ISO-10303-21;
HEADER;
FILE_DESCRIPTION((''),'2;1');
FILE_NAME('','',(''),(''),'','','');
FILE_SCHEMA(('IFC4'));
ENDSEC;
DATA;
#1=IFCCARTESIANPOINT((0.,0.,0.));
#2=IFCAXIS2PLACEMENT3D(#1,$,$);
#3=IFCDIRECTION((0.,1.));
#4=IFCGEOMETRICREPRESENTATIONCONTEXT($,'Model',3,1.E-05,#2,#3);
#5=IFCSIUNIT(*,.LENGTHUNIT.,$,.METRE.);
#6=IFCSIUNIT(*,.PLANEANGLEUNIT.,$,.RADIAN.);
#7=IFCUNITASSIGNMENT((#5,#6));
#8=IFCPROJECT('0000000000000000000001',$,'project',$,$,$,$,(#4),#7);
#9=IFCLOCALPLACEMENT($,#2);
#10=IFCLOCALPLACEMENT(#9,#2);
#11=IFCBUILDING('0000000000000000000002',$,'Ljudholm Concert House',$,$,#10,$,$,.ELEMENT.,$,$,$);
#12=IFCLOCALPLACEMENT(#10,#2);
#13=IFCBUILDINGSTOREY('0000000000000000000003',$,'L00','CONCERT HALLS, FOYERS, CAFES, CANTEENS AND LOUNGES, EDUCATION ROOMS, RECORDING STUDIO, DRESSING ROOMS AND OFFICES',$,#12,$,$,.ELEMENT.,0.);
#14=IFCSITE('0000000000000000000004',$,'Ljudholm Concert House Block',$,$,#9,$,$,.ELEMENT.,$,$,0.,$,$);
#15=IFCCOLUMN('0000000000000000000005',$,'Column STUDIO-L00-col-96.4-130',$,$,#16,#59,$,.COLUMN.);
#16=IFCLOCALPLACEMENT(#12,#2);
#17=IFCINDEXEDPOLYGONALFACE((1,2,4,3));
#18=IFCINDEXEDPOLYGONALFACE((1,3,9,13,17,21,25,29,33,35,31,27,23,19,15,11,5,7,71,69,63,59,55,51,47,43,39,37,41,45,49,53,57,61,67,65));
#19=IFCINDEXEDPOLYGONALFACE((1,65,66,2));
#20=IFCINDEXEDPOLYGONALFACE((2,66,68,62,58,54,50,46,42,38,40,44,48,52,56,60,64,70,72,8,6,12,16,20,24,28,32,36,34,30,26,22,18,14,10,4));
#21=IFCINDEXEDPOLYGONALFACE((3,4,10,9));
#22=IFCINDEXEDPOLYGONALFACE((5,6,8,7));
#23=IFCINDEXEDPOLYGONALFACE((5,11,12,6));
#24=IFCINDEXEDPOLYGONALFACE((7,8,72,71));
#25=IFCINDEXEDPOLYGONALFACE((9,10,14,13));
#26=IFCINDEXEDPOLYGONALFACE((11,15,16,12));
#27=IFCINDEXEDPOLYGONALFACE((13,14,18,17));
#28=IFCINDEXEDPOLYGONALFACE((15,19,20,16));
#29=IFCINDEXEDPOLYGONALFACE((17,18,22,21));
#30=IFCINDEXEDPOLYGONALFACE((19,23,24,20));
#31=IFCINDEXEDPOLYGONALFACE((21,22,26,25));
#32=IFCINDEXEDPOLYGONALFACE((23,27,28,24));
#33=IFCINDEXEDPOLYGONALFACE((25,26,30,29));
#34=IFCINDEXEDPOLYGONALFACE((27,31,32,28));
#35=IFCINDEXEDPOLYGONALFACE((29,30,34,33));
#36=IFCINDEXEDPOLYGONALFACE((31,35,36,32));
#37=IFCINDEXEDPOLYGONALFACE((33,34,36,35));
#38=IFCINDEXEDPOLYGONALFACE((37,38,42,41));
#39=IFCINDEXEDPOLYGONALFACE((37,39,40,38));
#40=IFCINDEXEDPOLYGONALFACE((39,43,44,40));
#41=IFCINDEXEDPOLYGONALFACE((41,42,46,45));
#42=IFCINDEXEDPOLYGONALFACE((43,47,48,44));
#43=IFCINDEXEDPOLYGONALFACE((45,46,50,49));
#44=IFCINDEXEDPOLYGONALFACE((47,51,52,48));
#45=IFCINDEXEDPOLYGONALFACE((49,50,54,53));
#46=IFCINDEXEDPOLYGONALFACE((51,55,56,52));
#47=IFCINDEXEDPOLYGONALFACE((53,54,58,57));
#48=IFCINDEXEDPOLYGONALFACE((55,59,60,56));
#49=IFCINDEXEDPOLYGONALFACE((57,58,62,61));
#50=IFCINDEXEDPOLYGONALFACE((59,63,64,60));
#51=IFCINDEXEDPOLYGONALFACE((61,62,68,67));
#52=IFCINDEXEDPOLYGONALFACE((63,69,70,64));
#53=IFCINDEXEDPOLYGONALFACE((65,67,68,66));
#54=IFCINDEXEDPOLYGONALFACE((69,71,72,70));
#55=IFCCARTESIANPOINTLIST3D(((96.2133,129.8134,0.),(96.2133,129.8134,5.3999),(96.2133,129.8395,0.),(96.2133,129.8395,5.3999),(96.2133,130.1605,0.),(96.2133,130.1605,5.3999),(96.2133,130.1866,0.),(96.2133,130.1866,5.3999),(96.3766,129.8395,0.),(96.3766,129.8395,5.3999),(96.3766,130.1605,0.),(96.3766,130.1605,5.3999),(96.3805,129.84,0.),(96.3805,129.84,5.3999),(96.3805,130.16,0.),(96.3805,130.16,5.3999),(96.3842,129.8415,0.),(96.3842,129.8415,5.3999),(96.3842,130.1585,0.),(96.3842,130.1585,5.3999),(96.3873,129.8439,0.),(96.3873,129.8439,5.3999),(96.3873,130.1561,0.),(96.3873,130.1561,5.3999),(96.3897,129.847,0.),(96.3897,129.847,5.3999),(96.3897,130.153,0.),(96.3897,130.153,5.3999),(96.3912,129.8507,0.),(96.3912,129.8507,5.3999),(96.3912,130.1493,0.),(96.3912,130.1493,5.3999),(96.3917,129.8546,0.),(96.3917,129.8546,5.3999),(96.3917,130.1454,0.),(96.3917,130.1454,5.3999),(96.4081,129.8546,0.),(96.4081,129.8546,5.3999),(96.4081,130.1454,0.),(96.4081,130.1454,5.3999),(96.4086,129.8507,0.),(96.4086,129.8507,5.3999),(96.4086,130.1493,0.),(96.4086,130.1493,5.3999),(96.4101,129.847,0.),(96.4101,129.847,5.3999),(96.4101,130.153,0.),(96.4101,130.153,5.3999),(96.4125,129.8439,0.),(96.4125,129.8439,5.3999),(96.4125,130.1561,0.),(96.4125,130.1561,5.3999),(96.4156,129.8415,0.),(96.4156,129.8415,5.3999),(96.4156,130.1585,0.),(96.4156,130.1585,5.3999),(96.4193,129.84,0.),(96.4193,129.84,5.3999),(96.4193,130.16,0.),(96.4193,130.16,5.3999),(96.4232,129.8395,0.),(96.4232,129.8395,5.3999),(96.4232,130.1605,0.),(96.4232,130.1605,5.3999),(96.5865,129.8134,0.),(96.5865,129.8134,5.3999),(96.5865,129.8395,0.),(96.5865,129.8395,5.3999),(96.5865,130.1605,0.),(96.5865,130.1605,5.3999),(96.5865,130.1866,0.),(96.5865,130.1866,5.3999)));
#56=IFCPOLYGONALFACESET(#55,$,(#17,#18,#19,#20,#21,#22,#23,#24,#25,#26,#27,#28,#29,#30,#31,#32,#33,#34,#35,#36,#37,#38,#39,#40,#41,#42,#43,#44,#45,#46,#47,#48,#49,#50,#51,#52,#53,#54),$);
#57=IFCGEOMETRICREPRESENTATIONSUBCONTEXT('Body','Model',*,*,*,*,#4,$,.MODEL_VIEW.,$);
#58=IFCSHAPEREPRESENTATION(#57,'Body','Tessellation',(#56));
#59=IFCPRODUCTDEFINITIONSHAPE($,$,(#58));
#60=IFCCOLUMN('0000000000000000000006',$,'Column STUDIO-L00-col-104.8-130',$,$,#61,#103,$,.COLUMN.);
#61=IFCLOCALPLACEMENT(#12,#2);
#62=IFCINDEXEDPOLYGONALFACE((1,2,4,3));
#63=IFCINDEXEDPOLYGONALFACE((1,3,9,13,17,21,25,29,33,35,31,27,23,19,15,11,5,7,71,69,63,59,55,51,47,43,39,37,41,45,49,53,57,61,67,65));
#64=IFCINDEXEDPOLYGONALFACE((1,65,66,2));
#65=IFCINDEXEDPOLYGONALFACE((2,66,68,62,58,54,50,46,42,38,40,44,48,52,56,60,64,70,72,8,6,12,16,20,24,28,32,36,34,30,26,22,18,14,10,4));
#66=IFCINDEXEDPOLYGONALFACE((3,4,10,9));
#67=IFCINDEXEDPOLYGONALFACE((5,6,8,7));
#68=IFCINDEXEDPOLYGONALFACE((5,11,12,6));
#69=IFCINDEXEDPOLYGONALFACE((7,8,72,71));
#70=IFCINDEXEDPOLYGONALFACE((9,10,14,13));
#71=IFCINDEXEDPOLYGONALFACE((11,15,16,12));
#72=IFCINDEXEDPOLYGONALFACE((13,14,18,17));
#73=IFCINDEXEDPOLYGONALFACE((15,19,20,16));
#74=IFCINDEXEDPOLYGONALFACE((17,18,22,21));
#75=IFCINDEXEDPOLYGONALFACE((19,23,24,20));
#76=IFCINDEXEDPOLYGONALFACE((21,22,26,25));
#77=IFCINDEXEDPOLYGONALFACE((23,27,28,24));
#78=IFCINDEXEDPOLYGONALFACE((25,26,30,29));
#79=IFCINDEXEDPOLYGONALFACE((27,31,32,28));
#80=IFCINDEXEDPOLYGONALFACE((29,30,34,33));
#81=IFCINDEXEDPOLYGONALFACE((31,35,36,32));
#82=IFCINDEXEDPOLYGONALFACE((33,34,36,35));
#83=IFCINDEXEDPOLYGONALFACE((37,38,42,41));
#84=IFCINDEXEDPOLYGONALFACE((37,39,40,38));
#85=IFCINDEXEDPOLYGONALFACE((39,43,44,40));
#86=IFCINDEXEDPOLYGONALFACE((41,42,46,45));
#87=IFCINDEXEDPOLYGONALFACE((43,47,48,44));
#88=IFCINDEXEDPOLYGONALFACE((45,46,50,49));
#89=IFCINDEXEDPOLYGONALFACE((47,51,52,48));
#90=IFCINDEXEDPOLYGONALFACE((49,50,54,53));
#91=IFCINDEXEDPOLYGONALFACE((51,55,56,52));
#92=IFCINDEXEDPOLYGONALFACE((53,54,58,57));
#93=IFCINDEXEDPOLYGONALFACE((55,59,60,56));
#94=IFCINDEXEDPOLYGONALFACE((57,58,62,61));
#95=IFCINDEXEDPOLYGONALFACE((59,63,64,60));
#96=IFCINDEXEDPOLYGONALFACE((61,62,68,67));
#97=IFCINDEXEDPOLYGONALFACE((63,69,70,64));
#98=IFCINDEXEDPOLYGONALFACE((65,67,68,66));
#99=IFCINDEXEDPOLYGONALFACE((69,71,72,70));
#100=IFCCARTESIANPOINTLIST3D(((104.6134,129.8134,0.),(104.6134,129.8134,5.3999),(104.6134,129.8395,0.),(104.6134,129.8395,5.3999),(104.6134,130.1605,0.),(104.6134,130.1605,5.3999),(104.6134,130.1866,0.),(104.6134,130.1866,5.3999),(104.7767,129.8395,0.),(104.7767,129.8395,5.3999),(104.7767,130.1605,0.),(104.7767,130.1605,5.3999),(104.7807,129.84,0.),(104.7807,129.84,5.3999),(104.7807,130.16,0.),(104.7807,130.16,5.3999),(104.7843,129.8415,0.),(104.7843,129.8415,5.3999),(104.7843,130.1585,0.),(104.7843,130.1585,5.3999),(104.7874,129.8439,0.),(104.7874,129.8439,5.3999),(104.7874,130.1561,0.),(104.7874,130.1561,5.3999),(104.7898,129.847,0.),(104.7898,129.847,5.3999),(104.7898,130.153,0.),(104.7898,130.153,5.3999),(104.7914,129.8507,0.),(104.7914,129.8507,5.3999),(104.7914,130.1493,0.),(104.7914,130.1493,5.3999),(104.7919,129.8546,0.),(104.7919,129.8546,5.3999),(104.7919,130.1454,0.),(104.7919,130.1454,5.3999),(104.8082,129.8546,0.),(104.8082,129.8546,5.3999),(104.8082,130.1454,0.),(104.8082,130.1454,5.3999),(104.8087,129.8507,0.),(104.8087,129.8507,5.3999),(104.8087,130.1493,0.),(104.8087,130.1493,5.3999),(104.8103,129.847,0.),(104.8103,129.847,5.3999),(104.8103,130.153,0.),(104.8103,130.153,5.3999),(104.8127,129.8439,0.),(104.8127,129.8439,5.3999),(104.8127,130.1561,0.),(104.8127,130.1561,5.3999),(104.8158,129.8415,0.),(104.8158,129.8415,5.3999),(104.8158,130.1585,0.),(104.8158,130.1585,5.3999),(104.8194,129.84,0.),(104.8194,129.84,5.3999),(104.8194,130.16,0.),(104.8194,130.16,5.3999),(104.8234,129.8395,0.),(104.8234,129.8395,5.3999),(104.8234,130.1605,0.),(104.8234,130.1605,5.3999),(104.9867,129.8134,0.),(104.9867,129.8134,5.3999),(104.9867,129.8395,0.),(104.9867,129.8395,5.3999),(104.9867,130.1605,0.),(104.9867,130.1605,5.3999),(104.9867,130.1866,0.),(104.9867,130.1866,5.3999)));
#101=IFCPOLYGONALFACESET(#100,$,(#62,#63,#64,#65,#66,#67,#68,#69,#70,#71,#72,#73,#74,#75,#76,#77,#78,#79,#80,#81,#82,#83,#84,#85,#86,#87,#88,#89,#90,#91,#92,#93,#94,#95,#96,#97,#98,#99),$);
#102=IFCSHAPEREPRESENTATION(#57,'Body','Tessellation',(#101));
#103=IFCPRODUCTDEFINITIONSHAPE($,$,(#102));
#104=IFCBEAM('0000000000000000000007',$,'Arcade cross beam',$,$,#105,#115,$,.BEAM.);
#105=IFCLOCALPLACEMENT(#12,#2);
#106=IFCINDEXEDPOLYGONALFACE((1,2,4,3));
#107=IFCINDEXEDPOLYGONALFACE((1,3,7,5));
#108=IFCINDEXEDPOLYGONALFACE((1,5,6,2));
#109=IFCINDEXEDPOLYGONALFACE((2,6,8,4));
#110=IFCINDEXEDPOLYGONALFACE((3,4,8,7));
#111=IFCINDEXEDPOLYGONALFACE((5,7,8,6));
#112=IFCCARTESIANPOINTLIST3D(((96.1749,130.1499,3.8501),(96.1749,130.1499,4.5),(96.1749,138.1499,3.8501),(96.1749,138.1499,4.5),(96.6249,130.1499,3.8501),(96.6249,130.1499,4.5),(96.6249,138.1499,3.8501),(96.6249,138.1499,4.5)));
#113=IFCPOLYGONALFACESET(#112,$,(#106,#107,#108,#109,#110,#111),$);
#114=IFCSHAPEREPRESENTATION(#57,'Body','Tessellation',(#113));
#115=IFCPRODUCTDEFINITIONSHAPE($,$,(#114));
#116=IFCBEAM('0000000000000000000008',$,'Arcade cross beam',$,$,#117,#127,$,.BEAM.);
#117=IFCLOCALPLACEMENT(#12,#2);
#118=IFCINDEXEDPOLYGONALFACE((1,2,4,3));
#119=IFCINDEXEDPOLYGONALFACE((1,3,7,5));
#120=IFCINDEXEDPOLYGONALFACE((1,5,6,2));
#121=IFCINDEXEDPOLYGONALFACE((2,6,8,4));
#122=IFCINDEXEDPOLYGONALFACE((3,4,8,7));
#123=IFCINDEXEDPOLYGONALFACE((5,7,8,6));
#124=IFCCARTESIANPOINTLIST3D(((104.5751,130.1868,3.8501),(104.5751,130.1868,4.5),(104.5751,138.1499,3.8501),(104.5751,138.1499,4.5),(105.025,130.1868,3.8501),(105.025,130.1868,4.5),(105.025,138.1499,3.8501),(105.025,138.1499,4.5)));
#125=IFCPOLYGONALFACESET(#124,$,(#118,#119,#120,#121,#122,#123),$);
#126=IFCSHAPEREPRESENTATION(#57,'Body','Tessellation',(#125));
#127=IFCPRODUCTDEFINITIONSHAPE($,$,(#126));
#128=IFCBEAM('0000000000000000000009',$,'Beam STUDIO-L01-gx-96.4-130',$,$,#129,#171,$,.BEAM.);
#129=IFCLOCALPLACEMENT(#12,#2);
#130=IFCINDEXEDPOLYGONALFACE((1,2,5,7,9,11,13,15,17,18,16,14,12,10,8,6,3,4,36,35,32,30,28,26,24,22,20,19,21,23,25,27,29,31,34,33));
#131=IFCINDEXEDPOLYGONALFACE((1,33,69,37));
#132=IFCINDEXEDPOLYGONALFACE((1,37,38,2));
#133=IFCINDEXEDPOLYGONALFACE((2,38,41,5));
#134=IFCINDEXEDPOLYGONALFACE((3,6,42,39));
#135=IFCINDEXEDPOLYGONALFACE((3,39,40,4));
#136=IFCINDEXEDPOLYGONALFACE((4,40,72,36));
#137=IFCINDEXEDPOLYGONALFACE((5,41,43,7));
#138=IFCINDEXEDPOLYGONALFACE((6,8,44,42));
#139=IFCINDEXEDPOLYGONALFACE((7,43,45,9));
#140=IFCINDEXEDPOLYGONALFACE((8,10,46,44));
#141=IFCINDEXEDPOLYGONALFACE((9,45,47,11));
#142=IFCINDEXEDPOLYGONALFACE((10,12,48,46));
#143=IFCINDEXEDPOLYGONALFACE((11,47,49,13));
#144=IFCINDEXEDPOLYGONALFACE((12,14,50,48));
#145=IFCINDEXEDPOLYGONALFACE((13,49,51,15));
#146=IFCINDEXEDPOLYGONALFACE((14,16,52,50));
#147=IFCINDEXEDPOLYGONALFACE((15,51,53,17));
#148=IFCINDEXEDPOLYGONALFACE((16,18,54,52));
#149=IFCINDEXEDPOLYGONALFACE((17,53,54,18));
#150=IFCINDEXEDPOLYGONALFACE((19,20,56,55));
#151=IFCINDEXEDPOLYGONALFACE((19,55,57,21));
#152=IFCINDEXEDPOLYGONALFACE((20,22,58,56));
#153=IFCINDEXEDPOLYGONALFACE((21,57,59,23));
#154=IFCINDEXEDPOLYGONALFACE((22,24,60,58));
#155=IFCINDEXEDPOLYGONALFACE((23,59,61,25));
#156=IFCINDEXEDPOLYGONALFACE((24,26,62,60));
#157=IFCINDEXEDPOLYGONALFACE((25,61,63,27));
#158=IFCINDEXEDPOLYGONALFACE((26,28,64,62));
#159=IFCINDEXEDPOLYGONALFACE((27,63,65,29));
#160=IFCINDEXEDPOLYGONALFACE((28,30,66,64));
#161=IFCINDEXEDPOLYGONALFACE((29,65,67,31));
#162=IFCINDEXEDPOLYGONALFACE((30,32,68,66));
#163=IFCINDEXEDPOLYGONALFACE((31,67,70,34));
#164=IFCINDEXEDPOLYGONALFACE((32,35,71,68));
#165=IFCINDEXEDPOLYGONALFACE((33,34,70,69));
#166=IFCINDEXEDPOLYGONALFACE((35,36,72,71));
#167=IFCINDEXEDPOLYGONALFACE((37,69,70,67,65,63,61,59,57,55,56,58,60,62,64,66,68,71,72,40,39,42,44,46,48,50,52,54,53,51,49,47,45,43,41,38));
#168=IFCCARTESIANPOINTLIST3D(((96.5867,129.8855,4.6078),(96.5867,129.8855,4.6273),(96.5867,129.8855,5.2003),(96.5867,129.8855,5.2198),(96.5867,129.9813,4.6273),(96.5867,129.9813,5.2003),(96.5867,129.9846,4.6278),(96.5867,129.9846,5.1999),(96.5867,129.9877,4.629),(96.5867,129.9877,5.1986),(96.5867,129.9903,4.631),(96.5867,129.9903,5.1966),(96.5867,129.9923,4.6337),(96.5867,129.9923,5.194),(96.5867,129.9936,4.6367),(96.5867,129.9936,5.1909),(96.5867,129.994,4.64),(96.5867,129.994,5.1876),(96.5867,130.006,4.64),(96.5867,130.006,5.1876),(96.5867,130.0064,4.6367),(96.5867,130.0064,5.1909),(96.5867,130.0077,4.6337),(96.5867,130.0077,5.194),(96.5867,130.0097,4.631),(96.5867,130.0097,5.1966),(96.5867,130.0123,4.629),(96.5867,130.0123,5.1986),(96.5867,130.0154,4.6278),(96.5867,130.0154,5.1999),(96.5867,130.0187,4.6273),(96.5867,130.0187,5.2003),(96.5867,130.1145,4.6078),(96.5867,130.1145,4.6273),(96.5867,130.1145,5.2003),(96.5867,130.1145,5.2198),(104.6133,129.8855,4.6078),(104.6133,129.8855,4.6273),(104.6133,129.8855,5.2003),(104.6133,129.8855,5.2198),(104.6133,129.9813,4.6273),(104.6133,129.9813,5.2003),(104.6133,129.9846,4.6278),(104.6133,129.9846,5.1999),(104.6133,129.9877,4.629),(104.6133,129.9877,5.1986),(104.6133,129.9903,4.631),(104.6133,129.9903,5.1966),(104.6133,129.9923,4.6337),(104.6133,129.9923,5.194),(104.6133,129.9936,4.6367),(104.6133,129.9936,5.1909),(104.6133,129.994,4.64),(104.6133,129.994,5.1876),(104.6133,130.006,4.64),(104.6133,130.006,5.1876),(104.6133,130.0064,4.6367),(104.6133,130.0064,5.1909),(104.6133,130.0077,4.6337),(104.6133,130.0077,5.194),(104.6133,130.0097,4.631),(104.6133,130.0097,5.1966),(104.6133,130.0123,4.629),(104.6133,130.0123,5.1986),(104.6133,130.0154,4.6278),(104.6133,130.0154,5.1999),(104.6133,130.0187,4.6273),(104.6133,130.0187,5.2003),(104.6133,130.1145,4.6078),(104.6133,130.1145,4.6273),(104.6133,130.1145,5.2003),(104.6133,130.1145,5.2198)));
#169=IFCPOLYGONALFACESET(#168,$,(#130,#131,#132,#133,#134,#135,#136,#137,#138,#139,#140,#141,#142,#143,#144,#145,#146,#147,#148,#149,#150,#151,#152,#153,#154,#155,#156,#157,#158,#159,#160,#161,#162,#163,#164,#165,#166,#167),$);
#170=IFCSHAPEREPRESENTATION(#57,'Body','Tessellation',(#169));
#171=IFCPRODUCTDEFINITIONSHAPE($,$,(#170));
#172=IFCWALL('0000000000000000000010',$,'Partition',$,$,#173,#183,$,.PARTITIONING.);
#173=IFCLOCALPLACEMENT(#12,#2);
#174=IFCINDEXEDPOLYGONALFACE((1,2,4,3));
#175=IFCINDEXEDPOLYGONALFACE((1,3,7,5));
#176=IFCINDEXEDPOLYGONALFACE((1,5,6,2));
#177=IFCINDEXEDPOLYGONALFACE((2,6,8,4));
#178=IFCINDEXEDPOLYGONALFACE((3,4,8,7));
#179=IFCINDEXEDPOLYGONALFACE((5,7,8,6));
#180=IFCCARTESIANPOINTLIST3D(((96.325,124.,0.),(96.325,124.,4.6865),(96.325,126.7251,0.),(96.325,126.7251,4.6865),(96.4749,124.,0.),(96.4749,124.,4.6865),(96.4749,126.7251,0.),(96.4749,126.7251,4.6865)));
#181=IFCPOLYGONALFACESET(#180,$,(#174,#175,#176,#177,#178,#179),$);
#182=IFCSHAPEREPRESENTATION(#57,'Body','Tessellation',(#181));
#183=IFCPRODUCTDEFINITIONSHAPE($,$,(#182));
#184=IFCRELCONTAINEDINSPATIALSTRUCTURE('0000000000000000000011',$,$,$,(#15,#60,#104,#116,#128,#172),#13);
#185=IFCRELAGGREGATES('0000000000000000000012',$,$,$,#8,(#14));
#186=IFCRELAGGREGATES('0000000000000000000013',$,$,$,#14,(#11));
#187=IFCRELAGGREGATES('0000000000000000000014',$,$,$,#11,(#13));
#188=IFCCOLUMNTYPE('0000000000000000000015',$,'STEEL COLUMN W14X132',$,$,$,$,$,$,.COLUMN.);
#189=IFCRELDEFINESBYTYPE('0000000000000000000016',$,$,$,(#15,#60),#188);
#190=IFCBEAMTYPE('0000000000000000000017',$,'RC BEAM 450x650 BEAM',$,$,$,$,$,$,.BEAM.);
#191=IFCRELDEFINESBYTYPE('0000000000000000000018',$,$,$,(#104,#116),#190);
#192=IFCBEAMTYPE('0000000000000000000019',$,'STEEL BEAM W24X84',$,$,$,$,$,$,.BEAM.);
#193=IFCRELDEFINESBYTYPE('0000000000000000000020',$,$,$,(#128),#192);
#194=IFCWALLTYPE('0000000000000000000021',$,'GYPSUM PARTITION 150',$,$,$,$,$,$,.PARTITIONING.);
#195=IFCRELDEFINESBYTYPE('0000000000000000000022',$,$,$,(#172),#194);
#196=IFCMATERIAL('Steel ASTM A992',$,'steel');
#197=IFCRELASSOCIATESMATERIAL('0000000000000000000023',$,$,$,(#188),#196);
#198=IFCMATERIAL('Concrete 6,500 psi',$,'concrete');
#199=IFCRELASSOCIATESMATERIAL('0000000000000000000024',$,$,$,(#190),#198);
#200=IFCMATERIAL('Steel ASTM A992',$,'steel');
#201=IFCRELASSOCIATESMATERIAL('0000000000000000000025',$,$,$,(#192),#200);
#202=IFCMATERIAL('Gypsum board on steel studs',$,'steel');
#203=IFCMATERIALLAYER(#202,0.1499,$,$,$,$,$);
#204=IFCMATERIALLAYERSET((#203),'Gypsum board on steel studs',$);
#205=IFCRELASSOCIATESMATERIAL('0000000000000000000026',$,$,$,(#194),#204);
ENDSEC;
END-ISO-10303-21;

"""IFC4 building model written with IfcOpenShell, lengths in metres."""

from ifc_helpers import new_model, si_unit, direction, frame, frame_2d, origin, origin_2d, place, context, subcontext, project, spatial, rectangle, i_section, extrude, material, layer, layer_set, material_profile, profile_set, type_object, element, save


model = new_model("IFC4")

# Units and contexts
model_context = context("Model", 3, precision=1e-05, world=origin(), true_north=direction((0.0, 1.0)))
body_context = subcontext(model_context, "Body", "Model", "MODEL_VIEW")
ifc_project = project(units=[si_unit("LENGTHUNIT", "METRE"), si_unit("PLANEANGLEUNIT", "RADIAN")], contexts=[model_context])

# Site, building, storey
site_placement = place(None, origin())
site = spatial("IfcSite", under=ifc_project, at=site_placement, Name="Ljudholm Concert House Block", CompositionType="ELEMENT", RefElevation=0.0)
building_placement = place(site_placement, origin())
building = spatial("IfcBuilding", under=site, at=building_placement, Name="Ljudholm Concert House", CompositionType="ELEMENT")
storey_placement = place(building_placement, origin())
storey = spatial("IfcBuildingStorey", under=building, at=storey_placement, Name="L00", Description="CONCERT HALLS, FOYERS, CAFES, CANTEENS AND LOUNGES, EDUCATION ROOMS, RECORDING STUDIO, DRESSING ROOMS AND OFFICES", CompositionType="ELEMENT", Elevation=0.0)

# Columns
ifc_material_1 = material(Name="Steel ASTM A992", Category="steel")
ifc_material_profile_1 = material_profile(ifc_material_1, i_section(OverallWidth=0.3733, OverallDepth=0.3733, WebThickness=0.0164, FlangeThickness=0.0261, FilletRadius=0.0151, at=origin_2d()), Name="W14X132")
ifc_profile_set_1 = profile_set([ifc_material_profile_1], Name="Steel ASTM A992")
column_type = type_object("IfcColumnType", Name="STEEL COLUMN W14X132", PredefinedType="COLUMN", material=ifc_profile_set_1)
for number, where, z_axis, x_axis, name in (
    (1, (96.3999, 130.0, 0.0), (0.0, 0.0, 1.0), (1.0, 0.0, 0.0), "Column STUDIO-L00-col-96.4-130"),
    (2, (104.8, 130.0, 0.0), (0.0, 0.0, 1.0), (1.0, 0.0, 0.0), "Column STUDIO-L00-col-104.8-130"),
):
    element("IfcColumn", number, at=place(storey_placement, frame(where, z_axis=z_axis, x_axis=x_axis)), inside=storey, type_object=column_type, Name=name, PredefinedType="COLUMN", context=body_context, shape_type="SweptSolid", body=[
        extrude(i_section(OverallWidth=0.3733, OverallDepth=0.3733, WebThickness=0.0164, FlangeThickness=0.0261, FilletRadius=0.0151, at=origin_2d()), origin(), (0.0, 0.0, 1.0), 5.3999),
    ])

# Beams
ifc_material_2 = material(Name="Concrete 6,500 psi", Category="concrete")
ifc_material_profile_2 = material_profile(ifc_material_2, rectangle(XDim=0.45, YDim=0.6499, at=origin_2d()), Name="RC BEAM 450x650 BEAM")
ifc_profile_set_2 = profile_set([ifc_material_profile_2], Name="Concrete 6,500 psi")
beam_type_1 = type_object("IfcBeamType", Name="RC BEAM 450x650 BEAM", PredefinedType="BEAM", material=ifc_profile_set_2)
beam_1_placement = place(storey_placement, frame((96.3999, 138.1499, 4.175), z_axis=(0.0, -1.0, 0.0), x_axis=(1.0, 0.0, 0.0)))
element("IfcBeam", 3, at=beam_1_placement, inside=storey, type_object=beam_type_1, Name="Arcade cross beam", PredefinedType="BEAM", context=body_context, shape_type="SweptSolid", body=[
    extrude(rectangle(XDim=0.45, YDim=0.6499, at=origin_2d()), origin(), (0.0, 0.0, 1.0), 8.0),
])
beam_2_placement = place(storey_placement, frame((104.8, 138.1499, 4.175), z_axis=(0.0, -1.0, 0.0), x_axis=(1.0, 0.0, 0.0)))
element("IfcBeam", 4, at=beam_2_placement, inside=storey, type_object=beam_type_1, Name="Arcade cross beam", PredefinedType="BEAM", context=body_context, shape_type="SweptSolid", body=[
    extrude(rectangle(XDim=0.45, YDim=0.6499, at=origin_2d()), origin(), (0.0, 0.0, 1.0), 7.9631),
])
ifc_material_3 = material(Name="Steel ASTM A992", Category="steel")
ifc_material_profile_3 = material_profile(ifc_material_3, i_section(OverallWidth=0.229, OverallDepth=0.6121, WebThickness=0.012, FlangeThickness=0.0195, FilletRadius=0.0127, at=origin_2d()), Name="W24X84")
ifc_profile_set_3 = profile_set([ifc_material_profile_3], Name="Steel ASTM A992")
beam_type_2 = type_object("IfcBeamType", Name="STEEL BEAM W24X84", PredefinedType="BEAM", material=ifc_profile_set_3)
beam_3_placement = place(storey_placement, frame((96.5867, 130.0, 4.9138), z_axis=(1.0, 0.0, 0.0), x_axis=(0.0, 1.0, 0.0)))
element("IfcBeam", 5, at=beam_3_placement, inside=storey, type_object=beam_type_2, Name="Beam STUDIO-L01-gx-96.4-130", PredefinedType="BEAM", context=body_context, shape_type="SweptSolid", body=[
    extrude(i_section(OverallWidth=0.229, OverallDepth=0.6121, WebThickness=0.012, FlangeThickness=0.0195, FilletRadius=0.0127, at=origin_2d()), origin(), (0.0, 0.0, 1.0), 8.0266),
])

# Wall
ifc_material_4 = material(Name="Gypsum board on steel studs", Category="steel")
ifc_layer_1 = layer(ifc_material_4, 0.1499)
ifc_layer_set_1 = layer_set([ifc_layer_1], Name="Gypsum board on steel studs")
wall_type_1 = type_object("IfcWallType", Name="GYPSUM PARTITION 150", PredefinedType="PARTITIONING", material=ifc_layer_set_1)
wall_1_placement = place(storey_placement, frame((96.3999, 124.0, 0.0), z_axis=(0.0, 0.0, 1.0), x_axis=(0.0, 1.0, 0.0)))
element("IfcWall", 6, at=wall_1_placement, inside=storey, type_object=wall_type_1, Name="Partition", PredefinedType="PARTITIONING", context=body_context, shape_type="SweptSolid", body=[
    extrude(rectangle(XDim=2.7251, YDim=0.1499, at=frame_2d((1.3625, 0.0))), origin(), (0.0, 0.0, 1.0), 4.6865),
])

save(model, "model.ifc")
